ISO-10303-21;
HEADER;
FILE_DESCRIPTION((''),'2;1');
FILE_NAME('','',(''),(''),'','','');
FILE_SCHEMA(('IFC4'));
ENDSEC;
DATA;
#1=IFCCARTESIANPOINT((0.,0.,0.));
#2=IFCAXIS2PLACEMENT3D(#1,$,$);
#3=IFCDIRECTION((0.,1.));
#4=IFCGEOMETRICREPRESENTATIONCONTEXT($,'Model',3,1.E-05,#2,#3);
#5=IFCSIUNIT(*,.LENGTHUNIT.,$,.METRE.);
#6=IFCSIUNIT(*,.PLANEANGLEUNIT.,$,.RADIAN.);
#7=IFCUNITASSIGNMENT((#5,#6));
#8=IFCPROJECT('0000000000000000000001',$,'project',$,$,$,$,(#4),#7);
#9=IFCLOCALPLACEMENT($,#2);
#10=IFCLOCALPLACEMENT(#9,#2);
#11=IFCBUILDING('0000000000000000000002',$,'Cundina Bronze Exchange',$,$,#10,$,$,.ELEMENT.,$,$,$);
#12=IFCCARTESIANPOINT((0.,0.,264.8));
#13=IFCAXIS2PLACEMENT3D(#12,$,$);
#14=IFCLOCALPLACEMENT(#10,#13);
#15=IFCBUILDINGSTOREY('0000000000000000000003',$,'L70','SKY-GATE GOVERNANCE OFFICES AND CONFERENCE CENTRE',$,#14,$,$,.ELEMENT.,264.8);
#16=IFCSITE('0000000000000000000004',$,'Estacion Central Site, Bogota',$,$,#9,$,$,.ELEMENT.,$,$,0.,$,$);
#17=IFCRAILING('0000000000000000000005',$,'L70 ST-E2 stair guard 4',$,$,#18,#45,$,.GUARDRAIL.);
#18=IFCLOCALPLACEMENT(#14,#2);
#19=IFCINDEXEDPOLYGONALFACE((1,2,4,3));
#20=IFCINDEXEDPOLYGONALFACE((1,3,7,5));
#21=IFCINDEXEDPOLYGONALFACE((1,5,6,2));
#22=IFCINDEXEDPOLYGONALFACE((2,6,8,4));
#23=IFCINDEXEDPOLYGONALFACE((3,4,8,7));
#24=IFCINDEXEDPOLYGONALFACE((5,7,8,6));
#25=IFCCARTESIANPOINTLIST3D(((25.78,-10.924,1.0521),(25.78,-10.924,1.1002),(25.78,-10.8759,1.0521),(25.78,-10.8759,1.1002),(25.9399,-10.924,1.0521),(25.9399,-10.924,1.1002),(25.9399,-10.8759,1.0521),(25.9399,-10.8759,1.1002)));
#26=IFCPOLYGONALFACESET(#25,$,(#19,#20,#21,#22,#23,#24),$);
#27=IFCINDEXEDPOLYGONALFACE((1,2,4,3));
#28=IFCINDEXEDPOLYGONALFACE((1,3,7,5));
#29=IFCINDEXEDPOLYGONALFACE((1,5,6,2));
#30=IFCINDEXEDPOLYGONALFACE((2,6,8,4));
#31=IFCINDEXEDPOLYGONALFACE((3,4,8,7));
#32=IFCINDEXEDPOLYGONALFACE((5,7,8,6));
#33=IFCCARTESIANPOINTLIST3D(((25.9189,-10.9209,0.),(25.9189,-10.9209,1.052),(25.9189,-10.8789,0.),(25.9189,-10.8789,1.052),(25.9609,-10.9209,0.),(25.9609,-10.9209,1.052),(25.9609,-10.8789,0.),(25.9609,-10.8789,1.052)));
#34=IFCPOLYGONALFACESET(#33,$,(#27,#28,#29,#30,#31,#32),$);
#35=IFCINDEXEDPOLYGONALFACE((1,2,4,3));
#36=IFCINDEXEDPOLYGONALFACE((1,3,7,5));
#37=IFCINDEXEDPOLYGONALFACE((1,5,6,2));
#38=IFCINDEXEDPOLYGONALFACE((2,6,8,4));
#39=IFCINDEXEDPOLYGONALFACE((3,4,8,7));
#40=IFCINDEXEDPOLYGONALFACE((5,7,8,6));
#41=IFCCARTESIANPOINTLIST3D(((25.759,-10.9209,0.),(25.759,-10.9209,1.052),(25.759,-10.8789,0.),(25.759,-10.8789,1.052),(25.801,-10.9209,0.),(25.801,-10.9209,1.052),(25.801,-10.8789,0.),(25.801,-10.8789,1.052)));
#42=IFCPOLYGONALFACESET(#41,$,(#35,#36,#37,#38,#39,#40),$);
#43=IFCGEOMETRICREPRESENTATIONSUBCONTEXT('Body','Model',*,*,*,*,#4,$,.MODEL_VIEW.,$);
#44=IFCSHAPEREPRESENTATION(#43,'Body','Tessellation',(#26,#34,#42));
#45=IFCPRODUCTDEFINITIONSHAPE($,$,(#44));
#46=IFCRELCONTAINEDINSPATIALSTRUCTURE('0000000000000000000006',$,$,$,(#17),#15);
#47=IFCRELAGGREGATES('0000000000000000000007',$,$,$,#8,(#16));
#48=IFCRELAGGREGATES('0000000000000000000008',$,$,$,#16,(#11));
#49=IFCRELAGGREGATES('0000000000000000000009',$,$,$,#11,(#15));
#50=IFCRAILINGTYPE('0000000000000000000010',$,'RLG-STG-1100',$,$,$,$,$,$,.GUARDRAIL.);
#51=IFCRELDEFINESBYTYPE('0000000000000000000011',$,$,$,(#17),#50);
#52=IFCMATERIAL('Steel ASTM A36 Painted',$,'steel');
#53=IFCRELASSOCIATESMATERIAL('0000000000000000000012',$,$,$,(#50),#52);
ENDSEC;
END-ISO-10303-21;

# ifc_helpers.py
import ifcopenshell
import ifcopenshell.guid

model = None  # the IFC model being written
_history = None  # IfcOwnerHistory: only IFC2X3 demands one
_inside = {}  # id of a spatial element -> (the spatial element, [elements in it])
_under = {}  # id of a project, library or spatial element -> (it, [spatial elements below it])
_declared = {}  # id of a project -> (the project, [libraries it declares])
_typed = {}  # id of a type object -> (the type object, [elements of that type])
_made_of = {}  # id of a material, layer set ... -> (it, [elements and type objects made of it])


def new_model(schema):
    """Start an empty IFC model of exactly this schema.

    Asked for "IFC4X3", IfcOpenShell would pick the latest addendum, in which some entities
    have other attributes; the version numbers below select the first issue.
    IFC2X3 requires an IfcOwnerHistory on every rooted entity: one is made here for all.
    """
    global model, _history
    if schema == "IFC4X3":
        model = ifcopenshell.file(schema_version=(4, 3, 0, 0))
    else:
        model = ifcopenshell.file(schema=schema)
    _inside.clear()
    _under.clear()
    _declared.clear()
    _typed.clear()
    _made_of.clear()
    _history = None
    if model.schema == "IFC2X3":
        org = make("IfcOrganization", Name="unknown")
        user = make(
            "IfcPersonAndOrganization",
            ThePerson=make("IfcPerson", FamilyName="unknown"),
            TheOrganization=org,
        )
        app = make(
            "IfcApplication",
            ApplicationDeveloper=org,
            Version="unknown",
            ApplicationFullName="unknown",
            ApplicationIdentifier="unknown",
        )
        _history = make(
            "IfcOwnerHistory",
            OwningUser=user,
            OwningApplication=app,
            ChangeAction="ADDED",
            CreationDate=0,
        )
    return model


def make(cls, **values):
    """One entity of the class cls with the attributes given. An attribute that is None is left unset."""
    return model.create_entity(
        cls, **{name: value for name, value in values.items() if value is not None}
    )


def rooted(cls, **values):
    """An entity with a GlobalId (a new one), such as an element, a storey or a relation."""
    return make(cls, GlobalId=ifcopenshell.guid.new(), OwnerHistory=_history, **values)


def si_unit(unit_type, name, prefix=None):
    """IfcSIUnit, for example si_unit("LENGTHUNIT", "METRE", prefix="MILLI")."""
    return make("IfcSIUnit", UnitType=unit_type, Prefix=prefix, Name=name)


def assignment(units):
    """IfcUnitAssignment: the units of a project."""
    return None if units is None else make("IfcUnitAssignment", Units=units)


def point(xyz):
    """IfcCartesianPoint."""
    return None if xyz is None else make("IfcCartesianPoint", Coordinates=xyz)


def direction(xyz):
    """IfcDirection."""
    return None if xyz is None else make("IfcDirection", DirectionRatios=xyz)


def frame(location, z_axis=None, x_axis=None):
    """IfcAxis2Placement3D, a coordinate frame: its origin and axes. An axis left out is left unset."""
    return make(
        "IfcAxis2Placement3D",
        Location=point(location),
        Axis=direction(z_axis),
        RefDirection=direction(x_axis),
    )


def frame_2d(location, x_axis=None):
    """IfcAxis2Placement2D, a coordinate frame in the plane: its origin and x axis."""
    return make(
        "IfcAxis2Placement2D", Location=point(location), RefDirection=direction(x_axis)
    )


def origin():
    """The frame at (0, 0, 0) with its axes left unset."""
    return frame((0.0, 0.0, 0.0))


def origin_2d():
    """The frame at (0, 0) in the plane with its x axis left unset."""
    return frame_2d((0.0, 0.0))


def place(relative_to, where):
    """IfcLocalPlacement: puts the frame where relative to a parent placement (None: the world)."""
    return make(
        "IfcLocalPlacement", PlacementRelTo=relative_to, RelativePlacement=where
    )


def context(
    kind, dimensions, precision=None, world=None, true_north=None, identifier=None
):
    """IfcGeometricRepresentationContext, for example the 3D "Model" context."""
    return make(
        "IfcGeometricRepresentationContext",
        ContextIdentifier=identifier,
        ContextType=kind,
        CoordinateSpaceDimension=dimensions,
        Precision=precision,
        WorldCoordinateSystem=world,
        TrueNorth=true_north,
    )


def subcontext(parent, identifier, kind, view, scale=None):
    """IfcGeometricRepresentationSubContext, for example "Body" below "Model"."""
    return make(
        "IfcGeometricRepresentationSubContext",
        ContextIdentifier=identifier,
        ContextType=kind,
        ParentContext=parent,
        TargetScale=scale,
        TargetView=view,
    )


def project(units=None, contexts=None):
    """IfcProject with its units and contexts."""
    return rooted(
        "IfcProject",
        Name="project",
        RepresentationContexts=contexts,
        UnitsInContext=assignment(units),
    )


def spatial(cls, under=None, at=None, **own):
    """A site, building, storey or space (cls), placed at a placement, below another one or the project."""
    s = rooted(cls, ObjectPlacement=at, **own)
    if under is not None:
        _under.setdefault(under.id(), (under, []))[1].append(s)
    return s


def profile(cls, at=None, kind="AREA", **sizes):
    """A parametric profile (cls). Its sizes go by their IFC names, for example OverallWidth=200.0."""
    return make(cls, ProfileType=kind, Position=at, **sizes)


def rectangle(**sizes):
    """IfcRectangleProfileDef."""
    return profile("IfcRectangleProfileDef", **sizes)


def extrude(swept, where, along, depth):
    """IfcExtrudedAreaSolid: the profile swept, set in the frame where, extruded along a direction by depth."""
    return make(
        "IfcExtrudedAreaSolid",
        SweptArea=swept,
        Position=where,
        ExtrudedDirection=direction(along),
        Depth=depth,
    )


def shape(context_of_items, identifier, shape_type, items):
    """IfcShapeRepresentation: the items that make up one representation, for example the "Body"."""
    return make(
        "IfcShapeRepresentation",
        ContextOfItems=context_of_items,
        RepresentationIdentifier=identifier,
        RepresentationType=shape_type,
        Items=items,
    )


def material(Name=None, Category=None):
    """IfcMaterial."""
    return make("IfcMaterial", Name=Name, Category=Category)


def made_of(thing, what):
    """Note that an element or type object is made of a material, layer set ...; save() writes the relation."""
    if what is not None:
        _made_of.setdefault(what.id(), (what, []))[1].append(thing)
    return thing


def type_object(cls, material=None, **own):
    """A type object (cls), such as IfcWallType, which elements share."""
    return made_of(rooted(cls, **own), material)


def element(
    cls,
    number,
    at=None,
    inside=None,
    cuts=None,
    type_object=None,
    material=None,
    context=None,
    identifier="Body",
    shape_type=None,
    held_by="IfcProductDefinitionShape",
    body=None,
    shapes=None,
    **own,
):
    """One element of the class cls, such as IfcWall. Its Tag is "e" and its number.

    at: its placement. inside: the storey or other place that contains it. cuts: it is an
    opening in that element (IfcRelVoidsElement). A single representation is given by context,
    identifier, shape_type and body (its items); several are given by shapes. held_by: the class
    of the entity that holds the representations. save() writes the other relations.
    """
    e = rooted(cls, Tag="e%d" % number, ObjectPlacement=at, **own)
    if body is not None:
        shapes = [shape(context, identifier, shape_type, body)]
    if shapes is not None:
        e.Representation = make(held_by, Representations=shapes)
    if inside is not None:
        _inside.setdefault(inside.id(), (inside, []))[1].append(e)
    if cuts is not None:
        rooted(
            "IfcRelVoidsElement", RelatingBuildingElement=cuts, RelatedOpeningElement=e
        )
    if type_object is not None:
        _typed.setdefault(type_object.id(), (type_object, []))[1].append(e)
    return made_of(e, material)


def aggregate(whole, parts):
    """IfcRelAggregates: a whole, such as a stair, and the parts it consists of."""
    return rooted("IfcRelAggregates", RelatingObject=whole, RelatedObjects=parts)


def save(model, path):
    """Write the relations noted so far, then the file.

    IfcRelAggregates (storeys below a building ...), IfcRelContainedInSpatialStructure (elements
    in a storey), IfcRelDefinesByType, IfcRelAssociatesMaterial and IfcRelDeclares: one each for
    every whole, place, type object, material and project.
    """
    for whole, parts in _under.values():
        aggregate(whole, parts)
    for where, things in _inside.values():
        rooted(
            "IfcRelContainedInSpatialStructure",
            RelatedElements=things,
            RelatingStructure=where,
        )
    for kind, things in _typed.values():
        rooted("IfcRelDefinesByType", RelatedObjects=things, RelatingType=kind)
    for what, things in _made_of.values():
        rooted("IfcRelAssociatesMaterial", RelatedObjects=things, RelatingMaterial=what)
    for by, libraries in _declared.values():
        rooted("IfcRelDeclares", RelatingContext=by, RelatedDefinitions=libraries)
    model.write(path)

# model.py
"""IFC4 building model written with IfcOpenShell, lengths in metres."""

from ifc_helpers import new_model, si_unit, direction, frame, origin, origin_2d, place, context, subcontext, project, spatial, rectangle, extrude, material, type_object, element, save


model = new_model("IFC4")

# Units and contexts
model_context = context("Model", 3, precision=1e-05, world=origin(), true_north=direction((0.0, 1.0)))
body_context = subcontext(model_context, "Body", "Model", "MODEL_VIEW")
ifc_project = project(units=[si_unit("LENGTHUNIT", "METRE"), si_unit("PLANEANGLEUNIT", "RADIAN")], contexts=[model_context])

# Site, building, storey
site_placement = place(None, origin())
site = spatial("IfcSite", under=ifc_project, at=site_placement, Name="Estacion Central Site, Bogota", CompositionType="ELEMENT", RefElevation=0.0)
building_placement = place(site_placement, origin())
building = spatial("IfcBuilding", under=site, at=building_placement, Name="Cundina Bronze Exchange", CompositionType="ELEMENT")
storey_placement = place(building_placement, frame((0.0, 0.0, 264.8)))
storey = spatial("IfcBuildingStorey", under=building, at=storey_placement, Name="L70", Description="SKY-GATE GOVERNANCE OFFICES AND CONFERENCE CENTRE", CompositionType="ELEMENT", Elevation=264.8)

# Shared definitions
ifc_material_1 = material(Name="Steel ASTM A36 Painted", Category="steel")

# Railing
railing_type_1 = type_object("IfcRailingType", Name="RLG-STG-1100", PredefinedType="GUARDRAIL", material=ifc_material_1)
railing_1_placement = place(storey_placement, frame((25.9399, -10.8999, 0.0)))
element("IfcRailing", 1, at=railing_1_placement, inside=storey, type_object=railing_type_1, Name="L70 ST-E2 stair guard 4", PredefinedType="GUARDRAIL", context=body_context, shape_type="SweptSolid", body=[
    extrude(rectangle(XDim=0.0481, YDim=0.0481, at=origin_2d()), frame((0.0, 0.0, 1.0762), z_axis=(-1.0, 0.0, 0.0), x_axis=(0.0, -1.0, 0.0)), (0.0, 0.0, 1.0), 0.1599),
    extrude(rectangle(XDim=0.042, YDim=0.042, at=origin_2d()), origin(), (0.0, 0.0, 1.0), 1.052),
    extrude(rectangle(XDim=0.042, YDim=0.042, at=origin_2d()), frame((-0.1599, 0.0, 0.0)), (0.0, 0.0, 1.0), 1.052),
])

save(model, "model.ifc")
